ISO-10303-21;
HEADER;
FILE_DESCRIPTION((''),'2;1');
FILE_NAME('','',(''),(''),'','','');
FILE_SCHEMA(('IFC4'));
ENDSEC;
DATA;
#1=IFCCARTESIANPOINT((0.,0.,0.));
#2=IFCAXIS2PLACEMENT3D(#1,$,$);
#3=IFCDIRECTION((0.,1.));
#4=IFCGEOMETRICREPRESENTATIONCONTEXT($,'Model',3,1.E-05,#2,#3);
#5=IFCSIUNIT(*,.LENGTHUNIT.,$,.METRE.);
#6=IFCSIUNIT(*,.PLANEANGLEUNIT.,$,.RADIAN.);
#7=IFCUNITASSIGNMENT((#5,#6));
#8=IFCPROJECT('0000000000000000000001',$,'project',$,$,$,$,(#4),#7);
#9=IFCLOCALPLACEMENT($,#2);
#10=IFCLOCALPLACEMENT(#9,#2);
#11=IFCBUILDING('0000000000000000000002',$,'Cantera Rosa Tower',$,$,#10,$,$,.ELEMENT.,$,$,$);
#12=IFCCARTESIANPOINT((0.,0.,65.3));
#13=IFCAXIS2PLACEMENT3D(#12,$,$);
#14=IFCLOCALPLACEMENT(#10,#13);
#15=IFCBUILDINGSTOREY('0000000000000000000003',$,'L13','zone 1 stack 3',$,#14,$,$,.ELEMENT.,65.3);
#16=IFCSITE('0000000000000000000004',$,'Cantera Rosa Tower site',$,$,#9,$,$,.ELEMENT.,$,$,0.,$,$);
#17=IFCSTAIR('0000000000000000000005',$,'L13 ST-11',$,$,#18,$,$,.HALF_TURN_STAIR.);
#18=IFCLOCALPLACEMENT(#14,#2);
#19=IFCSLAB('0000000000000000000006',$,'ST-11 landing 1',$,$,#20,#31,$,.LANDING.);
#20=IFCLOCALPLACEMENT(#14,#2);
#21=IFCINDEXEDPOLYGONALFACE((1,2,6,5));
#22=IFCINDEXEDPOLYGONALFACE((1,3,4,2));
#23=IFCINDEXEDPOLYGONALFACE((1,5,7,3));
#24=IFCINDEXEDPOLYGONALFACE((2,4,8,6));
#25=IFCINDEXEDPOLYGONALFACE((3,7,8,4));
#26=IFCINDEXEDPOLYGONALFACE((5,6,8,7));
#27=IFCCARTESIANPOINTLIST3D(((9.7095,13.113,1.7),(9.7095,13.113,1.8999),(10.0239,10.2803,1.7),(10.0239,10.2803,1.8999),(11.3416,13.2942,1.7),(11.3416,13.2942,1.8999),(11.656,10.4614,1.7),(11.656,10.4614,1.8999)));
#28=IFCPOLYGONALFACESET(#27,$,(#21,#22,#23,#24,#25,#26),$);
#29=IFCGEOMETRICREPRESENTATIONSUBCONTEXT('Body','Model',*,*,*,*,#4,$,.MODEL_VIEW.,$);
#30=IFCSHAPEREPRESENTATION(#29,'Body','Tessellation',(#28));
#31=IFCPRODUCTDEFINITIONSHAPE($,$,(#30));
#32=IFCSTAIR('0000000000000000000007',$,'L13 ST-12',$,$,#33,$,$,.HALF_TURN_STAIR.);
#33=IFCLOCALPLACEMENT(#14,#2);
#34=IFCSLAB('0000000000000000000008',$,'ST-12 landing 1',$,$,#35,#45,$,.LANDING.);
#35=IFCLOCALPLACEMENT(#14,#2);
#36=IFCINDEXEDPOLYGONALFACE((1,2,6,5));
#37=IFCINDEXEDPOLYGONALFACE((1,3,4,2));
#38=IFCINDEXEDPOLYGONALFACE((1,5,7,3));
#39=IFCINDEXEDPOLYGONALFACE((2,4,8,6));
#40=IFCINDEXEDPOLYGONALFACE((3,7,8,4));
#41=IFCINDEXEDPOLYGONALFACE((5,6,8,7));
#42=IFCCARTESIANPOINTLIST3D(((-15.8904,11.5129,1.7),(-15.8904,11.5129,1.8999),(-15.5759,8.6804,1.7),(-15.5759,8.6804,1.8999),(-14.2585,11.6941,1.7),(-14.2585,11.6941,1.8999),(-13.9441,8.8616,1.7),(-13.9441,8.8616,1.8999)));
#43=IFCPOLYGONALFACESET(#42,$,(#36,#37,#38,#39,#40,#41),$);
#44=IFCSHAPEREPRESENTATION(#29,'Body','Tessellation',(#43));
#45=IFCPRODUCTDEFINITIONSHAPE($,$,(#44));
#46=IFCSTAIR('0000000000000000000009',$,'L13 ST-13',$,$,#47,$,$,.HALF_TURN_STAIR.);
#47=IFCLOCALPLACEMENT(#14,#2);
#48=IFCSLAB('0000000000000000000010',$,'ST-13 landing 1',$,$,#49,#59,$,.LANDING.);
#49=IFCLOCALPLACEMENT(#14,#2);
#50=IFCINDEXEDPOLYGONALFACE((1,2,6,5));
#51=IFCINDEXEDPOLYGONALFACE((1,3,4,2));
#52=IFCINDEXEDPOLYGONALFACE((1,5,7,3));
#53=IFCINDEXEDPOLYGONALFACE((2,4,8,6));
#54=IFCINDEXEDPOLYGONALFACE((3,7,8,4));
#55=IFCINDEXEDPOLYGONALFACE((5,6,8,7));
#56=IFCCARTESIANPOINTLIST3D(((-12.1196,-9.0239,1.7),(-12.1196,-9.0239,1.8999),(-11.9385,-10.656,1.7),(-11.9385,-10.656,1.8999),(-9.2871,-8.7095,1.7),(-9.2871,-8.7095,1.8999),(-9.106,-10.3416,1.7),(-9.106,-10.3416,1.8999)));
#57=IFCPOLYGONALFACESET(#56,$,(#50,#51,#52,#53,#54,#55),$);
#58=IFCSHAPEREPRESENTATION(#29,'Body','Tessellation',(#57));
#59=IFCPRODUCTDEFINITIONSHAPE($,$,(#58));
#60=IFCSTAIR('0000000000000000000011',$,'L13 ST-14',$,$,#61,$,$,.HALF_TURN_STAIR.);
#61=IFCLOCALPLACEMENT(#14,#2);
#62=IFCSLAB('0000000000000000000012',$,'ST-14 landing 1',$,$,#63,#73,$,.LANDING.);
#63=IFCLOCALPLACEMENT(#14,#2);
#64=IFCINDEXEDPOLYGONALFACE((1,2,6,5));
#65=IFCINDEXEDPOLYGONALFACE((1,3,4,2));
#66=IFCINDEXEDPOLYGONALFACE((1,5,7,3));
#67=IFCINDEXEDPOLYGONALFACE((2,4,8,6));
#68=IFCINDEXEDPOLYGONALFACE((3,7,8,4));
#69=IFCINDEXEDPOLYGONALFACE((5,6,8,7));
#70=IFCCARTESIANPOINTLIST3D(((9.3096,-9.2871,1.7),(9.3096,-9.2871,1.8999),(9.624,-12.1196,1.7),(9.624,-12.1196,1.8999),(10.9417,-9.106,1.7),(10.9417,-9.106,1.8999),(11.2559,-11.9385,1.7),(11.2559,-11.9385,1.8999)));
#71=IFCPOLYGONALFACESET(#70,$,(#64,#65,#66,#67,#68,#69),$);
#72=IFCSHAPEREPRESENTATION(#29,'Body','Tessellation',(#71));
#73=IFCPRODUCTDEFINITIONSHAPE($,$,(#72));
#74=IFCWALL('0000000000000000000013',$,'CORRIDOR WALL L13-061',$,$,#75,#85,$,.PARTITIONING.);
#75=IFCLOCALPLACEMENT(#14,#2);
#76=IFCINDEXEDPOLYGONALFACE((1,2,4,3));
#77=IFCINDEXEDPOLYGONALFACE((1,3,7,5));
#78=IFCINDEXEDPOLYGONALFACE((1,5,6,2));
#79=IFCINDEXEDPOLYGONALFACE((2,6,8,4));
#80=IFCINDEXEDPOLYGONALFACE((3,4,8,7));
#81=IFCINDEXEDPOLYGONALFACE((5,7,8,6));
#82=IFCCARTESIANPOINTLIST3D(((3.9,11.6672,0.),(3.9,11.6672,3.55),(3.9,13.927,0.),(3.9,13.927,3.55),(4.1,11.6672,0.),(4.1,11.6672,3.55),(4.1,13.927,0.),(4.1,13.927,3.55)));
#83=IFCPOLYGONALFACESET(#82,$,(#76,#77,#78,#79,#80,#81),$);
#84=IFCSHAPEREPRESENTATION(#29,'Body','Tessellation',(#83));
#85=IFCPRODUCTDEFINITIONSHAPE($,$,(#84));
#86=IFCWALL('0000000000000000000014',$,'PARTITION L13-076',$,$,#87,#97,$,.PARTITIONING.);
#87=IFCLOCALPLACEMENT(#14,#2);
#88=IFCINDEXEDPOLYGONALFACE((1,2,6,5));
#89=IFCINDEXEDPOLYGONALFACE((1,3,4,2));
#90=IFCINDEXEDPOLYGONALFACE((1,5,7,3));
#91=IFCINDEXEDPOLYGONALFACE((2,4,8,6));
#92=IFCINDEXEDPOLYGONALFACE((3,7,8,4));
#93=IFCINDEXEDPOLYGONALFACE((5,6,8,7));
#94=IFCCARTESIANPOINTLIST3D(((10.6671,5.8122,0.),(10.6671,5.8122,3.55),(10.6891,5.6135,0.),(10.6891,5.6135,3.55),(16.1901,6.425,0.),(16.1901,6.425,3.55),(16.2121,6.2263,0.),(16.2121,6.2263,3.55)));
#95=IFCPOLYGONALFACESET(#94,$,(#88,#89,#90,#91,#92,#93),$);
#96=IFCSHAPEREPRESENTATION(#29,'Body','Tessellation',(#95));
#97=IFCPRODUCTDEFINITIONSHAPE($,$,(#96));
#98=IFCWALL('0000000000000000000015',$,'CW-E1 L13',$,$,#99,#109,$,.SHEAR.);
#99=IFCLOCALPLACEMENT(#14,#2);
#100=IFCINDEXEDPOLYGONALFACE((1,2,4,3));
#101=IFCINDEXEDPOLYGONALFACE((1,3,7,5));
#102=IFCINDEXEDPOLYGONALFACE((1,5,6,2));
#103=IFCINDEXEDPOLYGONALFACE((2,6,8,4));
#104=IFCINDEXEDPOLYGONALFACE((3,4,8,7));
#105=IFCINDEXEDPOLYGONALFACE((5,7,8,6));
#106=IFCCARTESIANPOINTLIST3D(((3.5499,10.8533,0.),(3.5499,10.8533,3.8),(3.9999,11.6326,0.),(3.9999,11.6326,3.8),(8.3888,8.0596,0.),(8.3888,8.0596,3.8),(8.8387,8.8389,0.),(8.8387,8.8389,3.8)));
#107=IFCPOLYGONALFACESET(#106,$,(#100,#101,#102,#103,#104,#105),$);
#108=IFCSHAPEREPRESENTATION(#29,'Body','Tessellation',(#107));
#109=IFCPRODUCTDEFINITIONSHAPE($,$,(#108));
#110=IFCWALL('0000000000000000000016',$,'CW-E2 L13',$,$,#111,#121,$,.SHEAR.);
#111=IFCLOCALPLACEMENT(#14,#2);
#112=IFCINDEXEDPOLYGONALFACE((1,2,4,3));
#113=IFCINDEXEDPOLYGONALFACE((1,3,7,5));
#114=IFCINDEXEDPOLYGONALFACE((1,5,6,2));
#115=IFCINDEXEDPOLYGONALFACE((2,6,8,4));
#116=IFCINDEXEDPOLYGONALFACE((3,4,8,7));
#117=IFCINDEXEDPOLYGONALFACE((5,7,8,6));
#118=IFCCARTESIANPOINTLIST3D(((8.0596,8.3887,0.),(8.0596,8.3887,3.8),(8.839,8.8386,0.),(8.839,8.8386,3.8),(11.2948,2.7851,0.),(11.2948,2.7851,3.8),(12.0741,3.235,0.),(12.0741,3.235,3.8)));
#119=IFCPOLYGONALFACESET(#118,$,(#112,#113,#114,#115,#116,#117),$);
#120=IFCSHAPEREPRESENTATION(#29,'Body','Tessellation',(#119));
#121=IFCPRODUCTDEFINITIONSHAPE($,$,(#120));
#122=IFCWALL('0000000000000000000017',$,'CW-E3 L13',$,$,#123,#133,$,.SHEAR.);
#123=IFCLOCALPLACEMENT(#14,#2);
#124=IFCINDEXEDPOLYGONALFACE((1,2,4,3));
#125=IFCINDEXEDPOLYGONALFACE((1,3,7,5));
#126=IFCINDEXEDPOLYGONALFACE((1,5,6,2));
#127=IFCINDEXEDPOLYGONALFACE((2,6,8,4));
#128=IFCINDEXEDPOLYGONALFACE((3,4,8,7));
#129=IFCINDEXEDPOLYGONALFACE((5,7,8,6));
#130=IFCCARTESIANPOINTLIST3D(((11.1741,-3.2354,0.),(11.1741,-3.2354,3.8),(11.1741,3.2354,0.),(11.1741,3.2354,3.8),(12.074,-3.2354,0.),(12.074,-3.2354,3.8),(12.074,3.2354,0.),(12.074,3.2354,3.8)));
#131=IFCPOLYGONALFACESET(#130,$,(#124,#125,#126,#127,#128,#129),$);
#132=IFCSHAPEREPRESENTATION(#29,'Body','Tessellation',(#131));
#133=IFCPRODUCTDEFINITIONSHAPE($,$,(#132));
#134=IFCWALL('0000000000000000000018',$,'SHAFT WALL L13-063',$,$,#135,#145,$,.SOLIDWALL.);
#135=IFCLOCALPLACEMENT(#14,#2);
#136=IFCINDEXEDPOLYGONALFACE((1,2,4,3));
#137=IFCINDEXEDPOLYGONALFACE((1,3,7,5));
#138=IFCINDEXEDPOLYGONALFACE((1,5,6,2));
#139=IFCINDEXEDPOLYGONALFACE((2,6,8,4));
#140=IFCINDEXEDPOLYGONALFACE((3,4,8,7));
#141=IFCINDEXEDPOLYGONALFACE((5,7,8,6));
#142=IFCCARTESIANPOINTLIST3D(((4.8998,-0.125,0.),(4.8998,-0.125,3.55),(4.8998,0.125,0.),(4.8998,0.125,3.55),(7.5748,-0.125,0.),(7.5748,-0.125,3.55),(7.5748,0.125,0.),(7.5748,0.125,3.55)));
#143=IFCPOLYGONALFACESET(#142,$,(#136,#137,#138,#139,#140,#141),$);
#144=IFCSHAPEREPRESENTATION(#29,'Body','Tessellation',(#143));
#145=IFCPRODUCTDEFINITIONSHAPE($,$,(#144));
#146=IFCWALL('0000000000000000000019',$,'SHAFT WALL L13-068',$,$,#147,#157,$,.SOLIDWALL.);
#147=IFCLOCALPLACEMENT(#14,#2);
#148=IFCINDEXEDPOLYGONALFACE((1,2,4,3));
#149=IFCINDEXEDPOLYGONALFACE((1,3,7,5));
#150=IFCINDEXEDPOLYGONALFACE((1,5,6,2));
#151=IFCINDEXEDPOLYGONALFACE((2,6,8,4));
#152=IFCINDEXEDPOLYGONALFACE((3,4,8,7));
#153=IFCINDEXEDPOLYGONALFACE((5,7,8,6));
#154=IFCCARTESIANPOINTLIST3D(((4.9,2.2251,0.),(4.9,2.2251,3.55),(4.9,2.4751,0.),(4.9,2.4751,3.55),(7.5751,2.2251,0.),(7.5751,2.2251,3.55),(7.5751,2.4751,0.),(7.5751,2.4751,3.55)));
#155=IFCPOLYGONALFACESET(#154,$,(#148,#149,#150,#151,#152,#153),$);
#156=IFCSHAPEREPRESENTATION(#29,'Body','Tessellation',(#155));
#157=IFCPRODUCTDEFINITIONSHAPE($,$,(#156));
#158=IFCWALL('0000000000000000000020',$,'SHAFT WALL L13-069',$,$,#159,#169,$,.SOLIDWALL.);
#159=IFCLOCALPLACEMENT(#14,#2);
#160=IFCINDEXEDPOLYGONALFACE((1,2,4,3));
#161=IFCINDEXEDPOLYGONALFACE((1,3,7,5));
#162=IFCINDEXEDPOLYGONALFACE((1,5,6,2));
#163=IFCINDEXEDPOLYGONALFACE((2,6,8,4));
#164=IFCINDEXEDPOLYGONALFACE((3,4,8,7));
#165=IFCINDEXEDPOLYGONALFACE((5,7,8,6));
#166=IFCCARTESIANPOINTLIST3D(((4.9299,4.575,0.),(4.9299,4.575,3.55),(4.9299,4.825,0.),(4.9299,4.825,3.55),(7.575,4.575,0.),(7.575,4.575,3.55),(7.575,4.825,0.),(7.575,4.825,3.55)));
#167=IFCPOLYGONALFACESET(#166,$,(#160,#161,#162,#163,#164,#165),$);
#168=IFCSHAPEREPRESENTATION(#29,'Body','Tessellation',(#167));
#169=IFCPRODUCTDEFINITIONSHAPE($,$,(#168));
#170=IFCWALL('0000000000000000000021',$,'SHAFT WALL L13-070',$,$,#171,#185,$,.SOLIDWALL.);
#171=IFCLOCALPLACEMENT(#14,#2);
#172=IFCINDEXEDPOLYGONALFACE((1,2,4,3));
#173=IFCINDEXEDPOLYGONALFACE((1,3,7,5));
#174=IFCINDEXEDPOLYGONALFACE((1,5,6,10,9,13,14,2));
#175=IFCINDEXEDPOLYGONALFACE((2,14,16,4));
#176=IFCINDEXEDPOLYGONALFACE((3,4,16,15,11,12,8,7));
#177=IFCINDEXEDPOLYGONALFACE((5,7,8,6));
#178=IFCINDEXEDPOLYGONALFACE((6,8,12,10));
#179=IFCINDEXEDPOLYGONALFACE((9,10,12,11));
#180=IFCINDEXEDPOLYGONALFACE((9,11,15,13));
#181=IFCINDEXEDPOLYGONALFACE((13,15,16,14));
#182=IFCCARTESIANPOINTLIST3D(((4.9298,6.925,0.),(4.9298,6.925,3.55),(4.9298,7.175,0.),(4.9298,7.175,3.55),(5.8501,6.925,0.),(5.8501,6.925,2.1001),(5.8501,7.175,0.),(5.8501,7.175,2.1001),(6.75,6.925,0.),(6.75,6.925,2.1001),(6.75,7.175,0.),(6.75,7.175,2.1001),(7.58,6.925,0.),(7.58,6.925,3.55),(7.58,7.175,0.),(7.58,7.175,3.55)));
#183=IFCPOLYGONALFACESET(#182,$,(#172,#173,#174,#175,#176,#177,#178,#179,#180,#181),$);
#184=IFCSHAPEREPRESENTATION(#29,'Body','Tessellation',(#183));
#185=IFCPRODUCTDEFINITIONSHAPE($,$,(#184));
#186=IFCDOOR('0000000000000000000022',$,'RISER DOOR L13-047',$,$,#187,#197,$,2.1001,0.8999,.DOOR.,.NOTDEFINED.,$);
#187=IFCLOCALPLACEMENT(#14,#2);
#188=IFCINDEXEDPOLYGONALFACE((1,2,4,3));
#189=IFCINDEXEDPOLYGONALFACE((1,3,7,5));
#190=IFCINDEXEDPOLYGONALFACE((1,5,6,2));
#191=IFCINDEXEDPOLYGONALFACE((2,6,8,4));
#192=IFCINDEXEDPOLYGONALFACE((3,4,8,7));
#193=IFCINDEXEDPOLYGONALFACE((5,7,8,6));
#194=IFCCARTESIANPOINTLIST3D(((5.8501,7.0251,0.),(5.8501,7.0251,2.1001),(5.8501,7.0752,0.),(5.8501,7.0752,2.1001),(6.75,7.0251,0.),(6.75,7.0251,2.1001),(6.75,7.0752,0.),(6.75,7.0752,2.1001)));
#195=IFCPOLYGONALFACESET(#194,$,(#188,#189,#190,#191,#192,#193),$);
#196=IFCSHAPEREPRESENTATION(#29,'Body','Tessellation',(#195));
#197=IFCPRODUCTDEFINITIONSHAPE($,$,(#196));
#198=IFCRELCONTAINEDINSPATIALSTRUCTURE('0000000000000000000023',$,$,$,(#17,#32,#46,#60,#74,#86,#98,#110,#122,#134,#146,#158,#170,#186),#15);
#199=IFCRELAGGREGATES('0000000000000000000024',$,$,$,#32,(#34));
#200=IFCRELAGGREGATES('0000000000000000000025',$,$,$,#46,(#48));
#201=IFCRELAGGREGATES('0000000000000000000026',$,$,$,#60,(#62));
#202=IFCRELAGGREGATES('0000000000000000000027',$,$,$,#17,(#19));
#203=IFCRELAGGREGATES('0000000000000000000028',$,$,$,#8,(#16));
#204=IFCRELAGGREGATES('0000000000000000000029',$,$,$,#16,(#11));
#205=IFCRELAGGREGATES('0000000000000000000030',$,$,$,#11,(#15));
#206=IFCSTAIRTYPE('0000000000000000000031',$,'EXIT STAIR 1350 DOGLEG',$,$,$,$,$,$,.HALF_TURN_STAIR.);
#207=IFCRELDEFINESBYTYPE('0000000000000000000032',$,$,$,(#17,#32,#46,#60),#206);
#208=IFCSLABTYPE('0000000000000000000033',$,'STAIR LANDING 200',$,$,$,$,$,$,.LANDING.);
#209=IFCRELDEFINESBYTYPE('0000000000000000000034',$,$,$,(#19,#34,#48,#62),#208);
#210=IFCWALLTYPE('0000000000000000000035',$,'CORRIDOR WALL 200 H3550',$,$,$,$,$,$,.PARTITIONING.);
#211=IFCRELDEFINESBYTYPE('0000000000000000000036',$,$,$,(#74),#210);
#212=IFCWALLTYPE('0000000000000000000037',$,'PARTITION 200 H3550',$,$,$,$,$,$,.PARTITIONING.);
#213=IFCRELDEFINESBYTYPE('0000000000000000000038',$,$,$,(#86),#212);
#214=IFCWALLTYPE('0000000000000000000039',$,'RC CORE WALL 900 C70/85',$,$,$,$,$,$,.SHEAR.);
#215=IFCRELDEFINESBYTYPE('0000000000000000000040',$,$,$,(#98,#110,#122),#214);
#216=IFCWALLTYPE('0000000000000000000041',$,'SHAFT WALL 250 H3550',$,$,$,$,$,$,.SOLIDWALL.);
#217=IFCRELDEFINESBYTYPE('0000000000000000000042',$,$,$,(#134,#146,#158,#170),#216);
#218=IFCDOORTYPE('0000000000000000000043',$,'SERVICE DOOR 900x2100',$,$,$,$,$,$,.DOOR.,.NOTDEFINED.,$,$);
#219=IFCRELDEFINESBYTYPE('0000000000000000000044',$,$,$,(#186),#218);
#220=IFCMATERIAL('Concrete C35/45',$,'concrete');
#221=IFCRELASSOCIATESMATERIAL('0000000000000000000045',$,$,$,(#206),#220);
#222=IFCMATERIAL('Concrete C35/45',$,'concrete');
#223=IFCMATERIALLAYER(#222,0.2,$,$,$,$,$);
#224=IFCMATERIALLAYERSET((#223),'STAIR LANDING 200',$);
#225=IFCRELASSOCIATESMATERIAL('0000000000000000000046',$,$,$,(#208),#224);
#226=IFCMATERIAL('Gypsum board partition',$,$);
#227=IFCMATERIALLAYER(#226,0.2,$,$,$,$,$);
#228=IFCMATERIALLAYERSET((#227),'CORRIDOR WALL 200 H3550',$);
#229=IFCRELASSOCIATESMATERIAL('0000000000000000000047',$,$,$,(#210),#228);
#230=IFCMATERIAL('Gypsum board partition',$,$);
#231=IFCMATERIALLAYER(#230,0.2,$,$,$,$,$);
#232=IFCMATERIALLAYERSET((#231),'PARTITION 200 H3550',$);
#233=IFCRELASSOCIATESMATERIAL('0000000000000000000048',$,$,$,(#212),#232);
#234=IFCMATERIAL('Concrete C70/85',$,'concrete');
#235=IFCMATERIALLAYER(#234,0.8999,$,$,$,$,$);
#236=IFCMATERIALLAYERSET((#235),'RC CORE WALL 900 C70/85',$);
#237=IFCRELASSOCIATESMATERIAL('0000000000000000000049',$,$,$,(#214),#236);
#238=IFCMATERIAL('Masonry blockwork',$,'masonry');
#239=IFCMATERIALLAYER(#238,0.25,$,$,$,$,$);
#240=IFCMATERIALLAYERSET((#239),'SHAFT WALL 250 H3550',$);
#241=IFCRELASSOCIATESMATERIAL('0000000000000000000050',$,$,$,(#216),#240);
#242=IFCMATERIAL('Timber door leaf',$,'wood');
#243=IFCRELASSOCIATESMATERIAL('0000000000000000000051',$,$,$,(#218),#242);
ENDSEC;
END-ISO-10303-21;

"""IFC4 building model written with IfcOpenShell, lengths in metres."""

from ifc_helpers import new_model, si_unit, direction, frame, frame_2d, origin, place, context, subcontext, project, spatial, polyline, rectangle, outline, extrude, material, layer, layer_set, type_object, element, fill, aggregate, save


model = new_model("IFC4")

# Units and contexts
model_context = context("Model", 3, precision=1e-05, world=origin(), true_north=direction((0.0, 1.0)))
body_context = subcontext(model_context, "Body", "Model", "MODEL_VIEW")
ifc_project = project(units=[si_unit("LENGTHUNIT", "METRE"), si_unit("PLANEANGLEUNIT", "RADIAN")], contexts=[model_context])

# Site, building, storey
site_placement = place(None, origin())
site = spatial("IfcSite", under=ifc_project, at=site_placement, Name="Cantera Rosa Tower site", CompositionType="ELEMENT", RefElevation=0.0)
building_placement = place(site_placement, origin())
building = spatial("IfcBuilding", under=site, at=building_placement, Name="Cantera Rosa Tower", CompositionType="ELEMENT")
storey_placement = place(building_placement, frame((0.0, 0.0, 65.3)))
storey = spatial("IfcBuildingStorey", under=building, at=storey_placement, Name="L13", Description="zone 1 stack 3", CompositionType="ELEMENT", Elevation=65.3)

# Stairs, slabs
ifc_material_1 = material(Name="Concrete C35/45", Category="concrete")
stair_type = type_object("IfcStairType", Name="EXIT STAIR 1350 DOGLEG", PredefinedType="HALF_TURN_STAIR", material=ifc_material_1)
stair_1_placement = place(storey_placement, origin())
stair_1 = element("IfcStair", 1, at=stair_1_placement, inside=storey, type_object=stair_type, Name="L13 ST-11", PredefinedType="HALF_TURN_STAIR")
ifc_material_2 = material(Name="Concrete C35/45", Category="concrete")
ifc_layer_1 = layer(ifc_material_2, 0.2)
ifc_layer_set_1 = layer_set([ifc_layer_1], Name="STAIR LANDING 200")
slab_type = type_object("IfcSlabType", Name="STAIR LANDING 200", PredefinedType="LANDING", material=ifc_layer_set_1)
slab_1_placement = place(storey_placement, frame((0.0, 0.0, 1.7)))
slab_1 = element("IfcSlab", 2, at=slab_1_placement, type_object=slab_type, Name="ST-11 landing 1", PredefinedType="LANDING", context=body_context, shape_type="SweptSolid", body=[
    extrude(outline(polyline([(11.3416, 13.2942), (9.7095, 13.113), (10.0239, 10.2803), (11.656, 10.4614), (11.3416, 13.2942)])), origin(), (0.0, 0.0, 1.0), 0.2),
])
stair_2_placement = place(storey_placement, origin())
stair_2 = element("IfcStair", 3, at=stair_2_placement, inside=storey, type_object=stair_type, Name="L13 ST-12", PredefinedType="HALF_TURN_STAIR")
slab_2_placement = place(storey_placement, frame((0.0, 0.0, 1.7)))
slab_2 = element("IfcSlab", 4, at=slab_2_placement, type_object=slab_type, Name="ST-12 landing 1", PredefinedType="LANDING", context=body_context, shape_type="SweptSolid", body=[
    extrude(outline(polyline([(-14.2585, 11.6941), (-15.8904, 11.5129), (-15.5759, 8.6804), (-13.9441, 8.8616), (-14.2585, 11.6941)])), origin(), (0.0, 0.0, 1.0), 0.2),
])
aggregate(stair_2, [slab_2])
stair_3_placement = place(storey_placement, origin())
stair_3 = element("IfcStair", 5, at=stair_3_placement, inside=storey, type_object=stair_type, Name="L13 ST-13", PredefinedType="HALF_TURN_STAIR")
slab_3_placement = place(storey_placement, frame((0.0, 0.0, 1.7)))
slab_3 = element("IfcSlab", 6, at=slab_3_placement, type_object=slab_type, Name="ST-13 landing 1", PredefinedType="LANDING", context=body_context, shape_type="SweptSolid", body=[
    extrude(outline(polyline([(-9.106, -10.3416), (-9.2871, -8.7095), (-12.1196, -9.0239), (-11.9385, -10.656), (-9.106, -10.3416)])), origin(), (0.0, 0.0, 1.0), 0.2),
])
aggregate(stair_3, [slab_3])
stair_4_placement = place(storey_placement, origin())
stair_4 = element("IfcStair", 7, at=stair_4_placement, inside=storey, type_object=stair_type, Name="L13 ST-14", PredefinedType="HALF_TURN_STAIR")
slab_4_placement = place(storey_placement, frame((0.0, 0.0, 1.7)))
slab_4 = element("IfcSlab", 8, at=slab_4_placement, type_object=slab_type, Name="ST-14 landing 1", PredefinedType="LANDING", context=body_context, shape_type="SweptSolid", body=[
    extrude(outline(polyline([(10.9417, -9.106), (9.3096, -9.2871), (9.624, -12.1196), (11.2559, -11.9385), (10.9417, -9.106)])), origin(), (0.0, 0.0, 1.0), 0.2),
])
aggregate(stair_4, [slab_4])

# Walls
ifc_material_3 = material(Name="Gypsum board partition")
ifc_layer_2 = layer(ifc_material_3, 0.2)
ifc_layer_set_2 = layer_set([ifc_layer_2], Name="CORRIDOR WALL 200 H3550")
wall_type_1 = type_object("IfcWallType", Name="CORRIDOR WALL 200 H3550", PredefinedType="PARTITIONING", material=ifc_layer_set_2)
wall_1_placement = place(storey_placement, frame((4.0, 11.6672, 0.0), z_axis=(0.0, 0.0, 1.0), x_axis=(0.0, 1.0, 0.0)))
element("IfcWall", 9, at=wall_1_placement, inside=storey, type_object=wall_type_1, Name="CORRIDOR WALL L13-061", PredefinedType="PARTITIONING", context=body_context, shape_type="SweptSolid", body=[
    extrude(rectangle(XDim=2.2598, YDim=0.2, at=frame_2d((1.1299, 0.0))), origin(), (0.0, 0.0, 1.0), 3.55),
])
ifc_material_4 = material(Name="Gypsum board partition")
ifc_layer_3 = layer(ifc_material_4, 0.2)
ifc_layer_set_3 = layer_set([ifc_layer_3], Name="PARTITION 200 H3550")
wall_type_2 = type_object("IfcWallType", Name="PARTITION 200 H3550", PredefinedType="PARTITIONING", material=ifc_layer_set_3)
wall_2_placement = place(storey_placement, frame((10.6782, 5.7129, 0.0), z_axis=(0.0, 0.0, 1.0), x_axis=(0.993901, 0.110277, 0.0)))
element("IfcWall", 10, at=wall_2_placement, inside=storey, type_object=wall_type_2, Name="PARTITION L13-076", PredefinedType="PARTITIONING", context=body_context, shape_type="SweptSolid", body=[
    extrude(rectangle(XDim=5.5569, YDim=0.2, at=frame_2d((2.7783, 0.0))), origin(), (0.0, 0.0, 1.0), 3.55),
])
ifc_material_5 = material(Name="Concrete C70/85", Category="concrete")
ifc_layer_4 = layer(ifc_material_5, 0.8999)
ifc_layer_set_4 = layer_set([ifc_layer_4], Name="RC CORE WALL 900 C70/85")
wall_type_3 = type_object("IfcWallType", Name="RC CORE WALL 900 C70/85", PredefinedType="SHEAR", material=ifc_layer_set_4)
wall_3_placement = place(storey_placement, frame((3.7749, 11.2429, 0.0), z_axis=(0.0, 0.0, 1.0), x_axis=(0.866027, -0.499997, 0.0)))
element("IfcWall", 11, at=wall_3_placement, inside=storey, type_object=wall_type_3, Name="CW-E1 L13", PredefinedType="SHEAR", context=body_context, shape_type="SweptSolid", body=[
    extrude(rectangle(XDim=5.5874, YDim=0.8999, at=frame_2d((2.7937, 0.0))), origin(), (0.0, 0.0, 1.0), 3.8),
])
wall_4_placement = place(storey_placement, frame((8.4492, 8.6138, 0.0), z_axis=(0.0, 0.0, 1.0), x_axis=(0.49999, -0.866031, 0.0)))
element("IfcWall", 12, at=wall_4_placement, inside=storey, type_object=wall_type_3, Name="CW-E2 L13", PredefinedType="SHEAR", context=body_context, shape_type="SweptSolid", body=[
    extrude(rectangle(XDim=6.4705, YDim=0.8999, at=frame_2d((3.2354, 0.0))), origin(), (0.0, 0.0, 1.0), 3.8),
])
wall_5_placement = place(storey_placement, frame((11.624, 3.2354, 0.0), z_axis=(0.0, 0.0, 1.0), x_axis=(0.0, -1.0, 0.0)))
element("IfcWall", 13, at=wall_5_placement, inside=storey, type_object=wall_type_3, Name="CW-E3 L13", PredefinedType="SHEAR", context=body_context, shape_type="SweptSolid", body=[
    extrude(rectangle(XDim=6.4707, YDim=0.8999, at=frame_2d((3.2354, 0.0))), origin(), (0.0, 0.0, 1.0), 3.8),
])
ifc_material_6 = material(Name="Masonry blockwork", Category="masonry")
ifc_layer_5 = layer(ifc_material_6, 0.25)
ifc_layer_set_5 = layer_set([ifc_layer_5], Name="SHAFT WALL 250 H3550")
wall_type_4 = type_object("IfcWallType", Name="SHAFT WALL 250 H3550", PredefinedType="SOLIDWALL", material=ifc_layer_set_5)
for number, where, z_axis, x_axis, name in (
    (14, (4.8999, 0.0, 0.0), (0.0, 0.0, 1.0), (1.0, 0.0, 0.0), "SHAFT WALL L13-063"),
    (15, (7.575, 2.3501, 0.0), (0.0, 0.0, 1.0), (-1.0, 0.0, 0.0), "SHAFT WALL L13-068"),
):
    element("IfcWall", number, at=place(storey_placement, frame(where, z_axis=z_axis, x_axis=x_axis)), inside=storey, type_object=wall_type_4, Name=name, PredefinedType="SOLIDWALL", context=body_context, shape_type="SweptSolid", body=[
        extrude(rectangle(XDim=2.675, YDim=0.25, at=frame_2d((1.3374, 0.0))), origin(), (0.0, 0.0, 1.0), 3.55),
    ])
wall_6_placement = place(storey_placement, frame((7.575, 4.7, 0.0), z_axis=(0.0, 0.0, 1.0), x_axis=(-1.0, 0.0, 0.0)))
element("IfcWall", 16, at=wall_6_placement, inside=storey, type_object=wall_type_4, Name="SHAFT WALL L13-069", PredefinedType="SOLIDWALL", context=body_context, shape_type="SweptSolid", body=[
    extrude(rectangle(XDim=2.645, YDim=0.25, at=frame_2d((1.3225, 0.0))), origin(), (0.0, 0.0, 1.0), 3.55),
])

# Wall, opening, door
wall_7_placement = place(storey_placement, frame((7.5801, 7.05, 0.0), z_axis=(0.0, 0.0, 1.0), x_axis=(-1.0, 0.0, 0.0)))
wall_7 = element("IfcWall", 17, at=wall_7_placement, inside=storey, type_object=wall_type_4, Name="SHAFT WALL L13-070", PredefinedType="SOLIDWALL", context=body_context, shape_type="SweptSolid", body=[
    extrude(rectangle(XDim=2.6501, YDim=0.25, at=frame_2d((1.3252, 0.0))), origin(), (0.0, 0.0, 1.0), 3.55),
])
opening_placement = place(wall_7_placement, frame((0.8301, 0.0, 0.0)))
opening = element("IfcOpeningElement", 18, at=opening_placement, cuts=wall_7, PredefinedType="OPENING", context=body_context, shape_type="SweptSolid", body=[
    extrude(rectangle(XDim=0.8999, YDim=2.1001, at=frame_2d((0.45, 1.05))), frame((0.0, 0.135, 0.0), z_axis=(0.0, -1.0, 0.0), x_axis=(1.0, 0.0, 0.0)), (0.0, 0.0, 1.0), 0.27),
])
ifc_material_7 = material(Name="Timber door leaf", Category="wood")
door_type = type_object("IfcDoorType", Name="SERVICE DOOR 900x2100", OperationType="NOTDEFINED", PredefinedType="DOOR", material=ifc_material_7)
door_placement = place(opening_placement, origin())
door = element("IfcDoor", 19, at=door_placement, inside=storey, type_object=door_type, Name="RISER DOOR L13-047", OperationType="NOTDEFINED", OverallHeight=2.1001, OverallWidth=0.8999, PredefinedType="DOOR", context=body_context, shape_type="SweptSolid", body=[
    extrude(rectangle(XDim=0.8999, YDim=2.1001, at=frame_2d((0.45, 1.05))), frame((0.0, 0.0249, 0.0), z_axis=(0.0, -1.0, 0.0), x_axis=(1.0, 0.0, 0.0)), (0.0, 0.0, 1.0), 0.05),
])
fill(opening, door)

aggregate(stair_1, [slab_1])

save(model, "model.ifc")
